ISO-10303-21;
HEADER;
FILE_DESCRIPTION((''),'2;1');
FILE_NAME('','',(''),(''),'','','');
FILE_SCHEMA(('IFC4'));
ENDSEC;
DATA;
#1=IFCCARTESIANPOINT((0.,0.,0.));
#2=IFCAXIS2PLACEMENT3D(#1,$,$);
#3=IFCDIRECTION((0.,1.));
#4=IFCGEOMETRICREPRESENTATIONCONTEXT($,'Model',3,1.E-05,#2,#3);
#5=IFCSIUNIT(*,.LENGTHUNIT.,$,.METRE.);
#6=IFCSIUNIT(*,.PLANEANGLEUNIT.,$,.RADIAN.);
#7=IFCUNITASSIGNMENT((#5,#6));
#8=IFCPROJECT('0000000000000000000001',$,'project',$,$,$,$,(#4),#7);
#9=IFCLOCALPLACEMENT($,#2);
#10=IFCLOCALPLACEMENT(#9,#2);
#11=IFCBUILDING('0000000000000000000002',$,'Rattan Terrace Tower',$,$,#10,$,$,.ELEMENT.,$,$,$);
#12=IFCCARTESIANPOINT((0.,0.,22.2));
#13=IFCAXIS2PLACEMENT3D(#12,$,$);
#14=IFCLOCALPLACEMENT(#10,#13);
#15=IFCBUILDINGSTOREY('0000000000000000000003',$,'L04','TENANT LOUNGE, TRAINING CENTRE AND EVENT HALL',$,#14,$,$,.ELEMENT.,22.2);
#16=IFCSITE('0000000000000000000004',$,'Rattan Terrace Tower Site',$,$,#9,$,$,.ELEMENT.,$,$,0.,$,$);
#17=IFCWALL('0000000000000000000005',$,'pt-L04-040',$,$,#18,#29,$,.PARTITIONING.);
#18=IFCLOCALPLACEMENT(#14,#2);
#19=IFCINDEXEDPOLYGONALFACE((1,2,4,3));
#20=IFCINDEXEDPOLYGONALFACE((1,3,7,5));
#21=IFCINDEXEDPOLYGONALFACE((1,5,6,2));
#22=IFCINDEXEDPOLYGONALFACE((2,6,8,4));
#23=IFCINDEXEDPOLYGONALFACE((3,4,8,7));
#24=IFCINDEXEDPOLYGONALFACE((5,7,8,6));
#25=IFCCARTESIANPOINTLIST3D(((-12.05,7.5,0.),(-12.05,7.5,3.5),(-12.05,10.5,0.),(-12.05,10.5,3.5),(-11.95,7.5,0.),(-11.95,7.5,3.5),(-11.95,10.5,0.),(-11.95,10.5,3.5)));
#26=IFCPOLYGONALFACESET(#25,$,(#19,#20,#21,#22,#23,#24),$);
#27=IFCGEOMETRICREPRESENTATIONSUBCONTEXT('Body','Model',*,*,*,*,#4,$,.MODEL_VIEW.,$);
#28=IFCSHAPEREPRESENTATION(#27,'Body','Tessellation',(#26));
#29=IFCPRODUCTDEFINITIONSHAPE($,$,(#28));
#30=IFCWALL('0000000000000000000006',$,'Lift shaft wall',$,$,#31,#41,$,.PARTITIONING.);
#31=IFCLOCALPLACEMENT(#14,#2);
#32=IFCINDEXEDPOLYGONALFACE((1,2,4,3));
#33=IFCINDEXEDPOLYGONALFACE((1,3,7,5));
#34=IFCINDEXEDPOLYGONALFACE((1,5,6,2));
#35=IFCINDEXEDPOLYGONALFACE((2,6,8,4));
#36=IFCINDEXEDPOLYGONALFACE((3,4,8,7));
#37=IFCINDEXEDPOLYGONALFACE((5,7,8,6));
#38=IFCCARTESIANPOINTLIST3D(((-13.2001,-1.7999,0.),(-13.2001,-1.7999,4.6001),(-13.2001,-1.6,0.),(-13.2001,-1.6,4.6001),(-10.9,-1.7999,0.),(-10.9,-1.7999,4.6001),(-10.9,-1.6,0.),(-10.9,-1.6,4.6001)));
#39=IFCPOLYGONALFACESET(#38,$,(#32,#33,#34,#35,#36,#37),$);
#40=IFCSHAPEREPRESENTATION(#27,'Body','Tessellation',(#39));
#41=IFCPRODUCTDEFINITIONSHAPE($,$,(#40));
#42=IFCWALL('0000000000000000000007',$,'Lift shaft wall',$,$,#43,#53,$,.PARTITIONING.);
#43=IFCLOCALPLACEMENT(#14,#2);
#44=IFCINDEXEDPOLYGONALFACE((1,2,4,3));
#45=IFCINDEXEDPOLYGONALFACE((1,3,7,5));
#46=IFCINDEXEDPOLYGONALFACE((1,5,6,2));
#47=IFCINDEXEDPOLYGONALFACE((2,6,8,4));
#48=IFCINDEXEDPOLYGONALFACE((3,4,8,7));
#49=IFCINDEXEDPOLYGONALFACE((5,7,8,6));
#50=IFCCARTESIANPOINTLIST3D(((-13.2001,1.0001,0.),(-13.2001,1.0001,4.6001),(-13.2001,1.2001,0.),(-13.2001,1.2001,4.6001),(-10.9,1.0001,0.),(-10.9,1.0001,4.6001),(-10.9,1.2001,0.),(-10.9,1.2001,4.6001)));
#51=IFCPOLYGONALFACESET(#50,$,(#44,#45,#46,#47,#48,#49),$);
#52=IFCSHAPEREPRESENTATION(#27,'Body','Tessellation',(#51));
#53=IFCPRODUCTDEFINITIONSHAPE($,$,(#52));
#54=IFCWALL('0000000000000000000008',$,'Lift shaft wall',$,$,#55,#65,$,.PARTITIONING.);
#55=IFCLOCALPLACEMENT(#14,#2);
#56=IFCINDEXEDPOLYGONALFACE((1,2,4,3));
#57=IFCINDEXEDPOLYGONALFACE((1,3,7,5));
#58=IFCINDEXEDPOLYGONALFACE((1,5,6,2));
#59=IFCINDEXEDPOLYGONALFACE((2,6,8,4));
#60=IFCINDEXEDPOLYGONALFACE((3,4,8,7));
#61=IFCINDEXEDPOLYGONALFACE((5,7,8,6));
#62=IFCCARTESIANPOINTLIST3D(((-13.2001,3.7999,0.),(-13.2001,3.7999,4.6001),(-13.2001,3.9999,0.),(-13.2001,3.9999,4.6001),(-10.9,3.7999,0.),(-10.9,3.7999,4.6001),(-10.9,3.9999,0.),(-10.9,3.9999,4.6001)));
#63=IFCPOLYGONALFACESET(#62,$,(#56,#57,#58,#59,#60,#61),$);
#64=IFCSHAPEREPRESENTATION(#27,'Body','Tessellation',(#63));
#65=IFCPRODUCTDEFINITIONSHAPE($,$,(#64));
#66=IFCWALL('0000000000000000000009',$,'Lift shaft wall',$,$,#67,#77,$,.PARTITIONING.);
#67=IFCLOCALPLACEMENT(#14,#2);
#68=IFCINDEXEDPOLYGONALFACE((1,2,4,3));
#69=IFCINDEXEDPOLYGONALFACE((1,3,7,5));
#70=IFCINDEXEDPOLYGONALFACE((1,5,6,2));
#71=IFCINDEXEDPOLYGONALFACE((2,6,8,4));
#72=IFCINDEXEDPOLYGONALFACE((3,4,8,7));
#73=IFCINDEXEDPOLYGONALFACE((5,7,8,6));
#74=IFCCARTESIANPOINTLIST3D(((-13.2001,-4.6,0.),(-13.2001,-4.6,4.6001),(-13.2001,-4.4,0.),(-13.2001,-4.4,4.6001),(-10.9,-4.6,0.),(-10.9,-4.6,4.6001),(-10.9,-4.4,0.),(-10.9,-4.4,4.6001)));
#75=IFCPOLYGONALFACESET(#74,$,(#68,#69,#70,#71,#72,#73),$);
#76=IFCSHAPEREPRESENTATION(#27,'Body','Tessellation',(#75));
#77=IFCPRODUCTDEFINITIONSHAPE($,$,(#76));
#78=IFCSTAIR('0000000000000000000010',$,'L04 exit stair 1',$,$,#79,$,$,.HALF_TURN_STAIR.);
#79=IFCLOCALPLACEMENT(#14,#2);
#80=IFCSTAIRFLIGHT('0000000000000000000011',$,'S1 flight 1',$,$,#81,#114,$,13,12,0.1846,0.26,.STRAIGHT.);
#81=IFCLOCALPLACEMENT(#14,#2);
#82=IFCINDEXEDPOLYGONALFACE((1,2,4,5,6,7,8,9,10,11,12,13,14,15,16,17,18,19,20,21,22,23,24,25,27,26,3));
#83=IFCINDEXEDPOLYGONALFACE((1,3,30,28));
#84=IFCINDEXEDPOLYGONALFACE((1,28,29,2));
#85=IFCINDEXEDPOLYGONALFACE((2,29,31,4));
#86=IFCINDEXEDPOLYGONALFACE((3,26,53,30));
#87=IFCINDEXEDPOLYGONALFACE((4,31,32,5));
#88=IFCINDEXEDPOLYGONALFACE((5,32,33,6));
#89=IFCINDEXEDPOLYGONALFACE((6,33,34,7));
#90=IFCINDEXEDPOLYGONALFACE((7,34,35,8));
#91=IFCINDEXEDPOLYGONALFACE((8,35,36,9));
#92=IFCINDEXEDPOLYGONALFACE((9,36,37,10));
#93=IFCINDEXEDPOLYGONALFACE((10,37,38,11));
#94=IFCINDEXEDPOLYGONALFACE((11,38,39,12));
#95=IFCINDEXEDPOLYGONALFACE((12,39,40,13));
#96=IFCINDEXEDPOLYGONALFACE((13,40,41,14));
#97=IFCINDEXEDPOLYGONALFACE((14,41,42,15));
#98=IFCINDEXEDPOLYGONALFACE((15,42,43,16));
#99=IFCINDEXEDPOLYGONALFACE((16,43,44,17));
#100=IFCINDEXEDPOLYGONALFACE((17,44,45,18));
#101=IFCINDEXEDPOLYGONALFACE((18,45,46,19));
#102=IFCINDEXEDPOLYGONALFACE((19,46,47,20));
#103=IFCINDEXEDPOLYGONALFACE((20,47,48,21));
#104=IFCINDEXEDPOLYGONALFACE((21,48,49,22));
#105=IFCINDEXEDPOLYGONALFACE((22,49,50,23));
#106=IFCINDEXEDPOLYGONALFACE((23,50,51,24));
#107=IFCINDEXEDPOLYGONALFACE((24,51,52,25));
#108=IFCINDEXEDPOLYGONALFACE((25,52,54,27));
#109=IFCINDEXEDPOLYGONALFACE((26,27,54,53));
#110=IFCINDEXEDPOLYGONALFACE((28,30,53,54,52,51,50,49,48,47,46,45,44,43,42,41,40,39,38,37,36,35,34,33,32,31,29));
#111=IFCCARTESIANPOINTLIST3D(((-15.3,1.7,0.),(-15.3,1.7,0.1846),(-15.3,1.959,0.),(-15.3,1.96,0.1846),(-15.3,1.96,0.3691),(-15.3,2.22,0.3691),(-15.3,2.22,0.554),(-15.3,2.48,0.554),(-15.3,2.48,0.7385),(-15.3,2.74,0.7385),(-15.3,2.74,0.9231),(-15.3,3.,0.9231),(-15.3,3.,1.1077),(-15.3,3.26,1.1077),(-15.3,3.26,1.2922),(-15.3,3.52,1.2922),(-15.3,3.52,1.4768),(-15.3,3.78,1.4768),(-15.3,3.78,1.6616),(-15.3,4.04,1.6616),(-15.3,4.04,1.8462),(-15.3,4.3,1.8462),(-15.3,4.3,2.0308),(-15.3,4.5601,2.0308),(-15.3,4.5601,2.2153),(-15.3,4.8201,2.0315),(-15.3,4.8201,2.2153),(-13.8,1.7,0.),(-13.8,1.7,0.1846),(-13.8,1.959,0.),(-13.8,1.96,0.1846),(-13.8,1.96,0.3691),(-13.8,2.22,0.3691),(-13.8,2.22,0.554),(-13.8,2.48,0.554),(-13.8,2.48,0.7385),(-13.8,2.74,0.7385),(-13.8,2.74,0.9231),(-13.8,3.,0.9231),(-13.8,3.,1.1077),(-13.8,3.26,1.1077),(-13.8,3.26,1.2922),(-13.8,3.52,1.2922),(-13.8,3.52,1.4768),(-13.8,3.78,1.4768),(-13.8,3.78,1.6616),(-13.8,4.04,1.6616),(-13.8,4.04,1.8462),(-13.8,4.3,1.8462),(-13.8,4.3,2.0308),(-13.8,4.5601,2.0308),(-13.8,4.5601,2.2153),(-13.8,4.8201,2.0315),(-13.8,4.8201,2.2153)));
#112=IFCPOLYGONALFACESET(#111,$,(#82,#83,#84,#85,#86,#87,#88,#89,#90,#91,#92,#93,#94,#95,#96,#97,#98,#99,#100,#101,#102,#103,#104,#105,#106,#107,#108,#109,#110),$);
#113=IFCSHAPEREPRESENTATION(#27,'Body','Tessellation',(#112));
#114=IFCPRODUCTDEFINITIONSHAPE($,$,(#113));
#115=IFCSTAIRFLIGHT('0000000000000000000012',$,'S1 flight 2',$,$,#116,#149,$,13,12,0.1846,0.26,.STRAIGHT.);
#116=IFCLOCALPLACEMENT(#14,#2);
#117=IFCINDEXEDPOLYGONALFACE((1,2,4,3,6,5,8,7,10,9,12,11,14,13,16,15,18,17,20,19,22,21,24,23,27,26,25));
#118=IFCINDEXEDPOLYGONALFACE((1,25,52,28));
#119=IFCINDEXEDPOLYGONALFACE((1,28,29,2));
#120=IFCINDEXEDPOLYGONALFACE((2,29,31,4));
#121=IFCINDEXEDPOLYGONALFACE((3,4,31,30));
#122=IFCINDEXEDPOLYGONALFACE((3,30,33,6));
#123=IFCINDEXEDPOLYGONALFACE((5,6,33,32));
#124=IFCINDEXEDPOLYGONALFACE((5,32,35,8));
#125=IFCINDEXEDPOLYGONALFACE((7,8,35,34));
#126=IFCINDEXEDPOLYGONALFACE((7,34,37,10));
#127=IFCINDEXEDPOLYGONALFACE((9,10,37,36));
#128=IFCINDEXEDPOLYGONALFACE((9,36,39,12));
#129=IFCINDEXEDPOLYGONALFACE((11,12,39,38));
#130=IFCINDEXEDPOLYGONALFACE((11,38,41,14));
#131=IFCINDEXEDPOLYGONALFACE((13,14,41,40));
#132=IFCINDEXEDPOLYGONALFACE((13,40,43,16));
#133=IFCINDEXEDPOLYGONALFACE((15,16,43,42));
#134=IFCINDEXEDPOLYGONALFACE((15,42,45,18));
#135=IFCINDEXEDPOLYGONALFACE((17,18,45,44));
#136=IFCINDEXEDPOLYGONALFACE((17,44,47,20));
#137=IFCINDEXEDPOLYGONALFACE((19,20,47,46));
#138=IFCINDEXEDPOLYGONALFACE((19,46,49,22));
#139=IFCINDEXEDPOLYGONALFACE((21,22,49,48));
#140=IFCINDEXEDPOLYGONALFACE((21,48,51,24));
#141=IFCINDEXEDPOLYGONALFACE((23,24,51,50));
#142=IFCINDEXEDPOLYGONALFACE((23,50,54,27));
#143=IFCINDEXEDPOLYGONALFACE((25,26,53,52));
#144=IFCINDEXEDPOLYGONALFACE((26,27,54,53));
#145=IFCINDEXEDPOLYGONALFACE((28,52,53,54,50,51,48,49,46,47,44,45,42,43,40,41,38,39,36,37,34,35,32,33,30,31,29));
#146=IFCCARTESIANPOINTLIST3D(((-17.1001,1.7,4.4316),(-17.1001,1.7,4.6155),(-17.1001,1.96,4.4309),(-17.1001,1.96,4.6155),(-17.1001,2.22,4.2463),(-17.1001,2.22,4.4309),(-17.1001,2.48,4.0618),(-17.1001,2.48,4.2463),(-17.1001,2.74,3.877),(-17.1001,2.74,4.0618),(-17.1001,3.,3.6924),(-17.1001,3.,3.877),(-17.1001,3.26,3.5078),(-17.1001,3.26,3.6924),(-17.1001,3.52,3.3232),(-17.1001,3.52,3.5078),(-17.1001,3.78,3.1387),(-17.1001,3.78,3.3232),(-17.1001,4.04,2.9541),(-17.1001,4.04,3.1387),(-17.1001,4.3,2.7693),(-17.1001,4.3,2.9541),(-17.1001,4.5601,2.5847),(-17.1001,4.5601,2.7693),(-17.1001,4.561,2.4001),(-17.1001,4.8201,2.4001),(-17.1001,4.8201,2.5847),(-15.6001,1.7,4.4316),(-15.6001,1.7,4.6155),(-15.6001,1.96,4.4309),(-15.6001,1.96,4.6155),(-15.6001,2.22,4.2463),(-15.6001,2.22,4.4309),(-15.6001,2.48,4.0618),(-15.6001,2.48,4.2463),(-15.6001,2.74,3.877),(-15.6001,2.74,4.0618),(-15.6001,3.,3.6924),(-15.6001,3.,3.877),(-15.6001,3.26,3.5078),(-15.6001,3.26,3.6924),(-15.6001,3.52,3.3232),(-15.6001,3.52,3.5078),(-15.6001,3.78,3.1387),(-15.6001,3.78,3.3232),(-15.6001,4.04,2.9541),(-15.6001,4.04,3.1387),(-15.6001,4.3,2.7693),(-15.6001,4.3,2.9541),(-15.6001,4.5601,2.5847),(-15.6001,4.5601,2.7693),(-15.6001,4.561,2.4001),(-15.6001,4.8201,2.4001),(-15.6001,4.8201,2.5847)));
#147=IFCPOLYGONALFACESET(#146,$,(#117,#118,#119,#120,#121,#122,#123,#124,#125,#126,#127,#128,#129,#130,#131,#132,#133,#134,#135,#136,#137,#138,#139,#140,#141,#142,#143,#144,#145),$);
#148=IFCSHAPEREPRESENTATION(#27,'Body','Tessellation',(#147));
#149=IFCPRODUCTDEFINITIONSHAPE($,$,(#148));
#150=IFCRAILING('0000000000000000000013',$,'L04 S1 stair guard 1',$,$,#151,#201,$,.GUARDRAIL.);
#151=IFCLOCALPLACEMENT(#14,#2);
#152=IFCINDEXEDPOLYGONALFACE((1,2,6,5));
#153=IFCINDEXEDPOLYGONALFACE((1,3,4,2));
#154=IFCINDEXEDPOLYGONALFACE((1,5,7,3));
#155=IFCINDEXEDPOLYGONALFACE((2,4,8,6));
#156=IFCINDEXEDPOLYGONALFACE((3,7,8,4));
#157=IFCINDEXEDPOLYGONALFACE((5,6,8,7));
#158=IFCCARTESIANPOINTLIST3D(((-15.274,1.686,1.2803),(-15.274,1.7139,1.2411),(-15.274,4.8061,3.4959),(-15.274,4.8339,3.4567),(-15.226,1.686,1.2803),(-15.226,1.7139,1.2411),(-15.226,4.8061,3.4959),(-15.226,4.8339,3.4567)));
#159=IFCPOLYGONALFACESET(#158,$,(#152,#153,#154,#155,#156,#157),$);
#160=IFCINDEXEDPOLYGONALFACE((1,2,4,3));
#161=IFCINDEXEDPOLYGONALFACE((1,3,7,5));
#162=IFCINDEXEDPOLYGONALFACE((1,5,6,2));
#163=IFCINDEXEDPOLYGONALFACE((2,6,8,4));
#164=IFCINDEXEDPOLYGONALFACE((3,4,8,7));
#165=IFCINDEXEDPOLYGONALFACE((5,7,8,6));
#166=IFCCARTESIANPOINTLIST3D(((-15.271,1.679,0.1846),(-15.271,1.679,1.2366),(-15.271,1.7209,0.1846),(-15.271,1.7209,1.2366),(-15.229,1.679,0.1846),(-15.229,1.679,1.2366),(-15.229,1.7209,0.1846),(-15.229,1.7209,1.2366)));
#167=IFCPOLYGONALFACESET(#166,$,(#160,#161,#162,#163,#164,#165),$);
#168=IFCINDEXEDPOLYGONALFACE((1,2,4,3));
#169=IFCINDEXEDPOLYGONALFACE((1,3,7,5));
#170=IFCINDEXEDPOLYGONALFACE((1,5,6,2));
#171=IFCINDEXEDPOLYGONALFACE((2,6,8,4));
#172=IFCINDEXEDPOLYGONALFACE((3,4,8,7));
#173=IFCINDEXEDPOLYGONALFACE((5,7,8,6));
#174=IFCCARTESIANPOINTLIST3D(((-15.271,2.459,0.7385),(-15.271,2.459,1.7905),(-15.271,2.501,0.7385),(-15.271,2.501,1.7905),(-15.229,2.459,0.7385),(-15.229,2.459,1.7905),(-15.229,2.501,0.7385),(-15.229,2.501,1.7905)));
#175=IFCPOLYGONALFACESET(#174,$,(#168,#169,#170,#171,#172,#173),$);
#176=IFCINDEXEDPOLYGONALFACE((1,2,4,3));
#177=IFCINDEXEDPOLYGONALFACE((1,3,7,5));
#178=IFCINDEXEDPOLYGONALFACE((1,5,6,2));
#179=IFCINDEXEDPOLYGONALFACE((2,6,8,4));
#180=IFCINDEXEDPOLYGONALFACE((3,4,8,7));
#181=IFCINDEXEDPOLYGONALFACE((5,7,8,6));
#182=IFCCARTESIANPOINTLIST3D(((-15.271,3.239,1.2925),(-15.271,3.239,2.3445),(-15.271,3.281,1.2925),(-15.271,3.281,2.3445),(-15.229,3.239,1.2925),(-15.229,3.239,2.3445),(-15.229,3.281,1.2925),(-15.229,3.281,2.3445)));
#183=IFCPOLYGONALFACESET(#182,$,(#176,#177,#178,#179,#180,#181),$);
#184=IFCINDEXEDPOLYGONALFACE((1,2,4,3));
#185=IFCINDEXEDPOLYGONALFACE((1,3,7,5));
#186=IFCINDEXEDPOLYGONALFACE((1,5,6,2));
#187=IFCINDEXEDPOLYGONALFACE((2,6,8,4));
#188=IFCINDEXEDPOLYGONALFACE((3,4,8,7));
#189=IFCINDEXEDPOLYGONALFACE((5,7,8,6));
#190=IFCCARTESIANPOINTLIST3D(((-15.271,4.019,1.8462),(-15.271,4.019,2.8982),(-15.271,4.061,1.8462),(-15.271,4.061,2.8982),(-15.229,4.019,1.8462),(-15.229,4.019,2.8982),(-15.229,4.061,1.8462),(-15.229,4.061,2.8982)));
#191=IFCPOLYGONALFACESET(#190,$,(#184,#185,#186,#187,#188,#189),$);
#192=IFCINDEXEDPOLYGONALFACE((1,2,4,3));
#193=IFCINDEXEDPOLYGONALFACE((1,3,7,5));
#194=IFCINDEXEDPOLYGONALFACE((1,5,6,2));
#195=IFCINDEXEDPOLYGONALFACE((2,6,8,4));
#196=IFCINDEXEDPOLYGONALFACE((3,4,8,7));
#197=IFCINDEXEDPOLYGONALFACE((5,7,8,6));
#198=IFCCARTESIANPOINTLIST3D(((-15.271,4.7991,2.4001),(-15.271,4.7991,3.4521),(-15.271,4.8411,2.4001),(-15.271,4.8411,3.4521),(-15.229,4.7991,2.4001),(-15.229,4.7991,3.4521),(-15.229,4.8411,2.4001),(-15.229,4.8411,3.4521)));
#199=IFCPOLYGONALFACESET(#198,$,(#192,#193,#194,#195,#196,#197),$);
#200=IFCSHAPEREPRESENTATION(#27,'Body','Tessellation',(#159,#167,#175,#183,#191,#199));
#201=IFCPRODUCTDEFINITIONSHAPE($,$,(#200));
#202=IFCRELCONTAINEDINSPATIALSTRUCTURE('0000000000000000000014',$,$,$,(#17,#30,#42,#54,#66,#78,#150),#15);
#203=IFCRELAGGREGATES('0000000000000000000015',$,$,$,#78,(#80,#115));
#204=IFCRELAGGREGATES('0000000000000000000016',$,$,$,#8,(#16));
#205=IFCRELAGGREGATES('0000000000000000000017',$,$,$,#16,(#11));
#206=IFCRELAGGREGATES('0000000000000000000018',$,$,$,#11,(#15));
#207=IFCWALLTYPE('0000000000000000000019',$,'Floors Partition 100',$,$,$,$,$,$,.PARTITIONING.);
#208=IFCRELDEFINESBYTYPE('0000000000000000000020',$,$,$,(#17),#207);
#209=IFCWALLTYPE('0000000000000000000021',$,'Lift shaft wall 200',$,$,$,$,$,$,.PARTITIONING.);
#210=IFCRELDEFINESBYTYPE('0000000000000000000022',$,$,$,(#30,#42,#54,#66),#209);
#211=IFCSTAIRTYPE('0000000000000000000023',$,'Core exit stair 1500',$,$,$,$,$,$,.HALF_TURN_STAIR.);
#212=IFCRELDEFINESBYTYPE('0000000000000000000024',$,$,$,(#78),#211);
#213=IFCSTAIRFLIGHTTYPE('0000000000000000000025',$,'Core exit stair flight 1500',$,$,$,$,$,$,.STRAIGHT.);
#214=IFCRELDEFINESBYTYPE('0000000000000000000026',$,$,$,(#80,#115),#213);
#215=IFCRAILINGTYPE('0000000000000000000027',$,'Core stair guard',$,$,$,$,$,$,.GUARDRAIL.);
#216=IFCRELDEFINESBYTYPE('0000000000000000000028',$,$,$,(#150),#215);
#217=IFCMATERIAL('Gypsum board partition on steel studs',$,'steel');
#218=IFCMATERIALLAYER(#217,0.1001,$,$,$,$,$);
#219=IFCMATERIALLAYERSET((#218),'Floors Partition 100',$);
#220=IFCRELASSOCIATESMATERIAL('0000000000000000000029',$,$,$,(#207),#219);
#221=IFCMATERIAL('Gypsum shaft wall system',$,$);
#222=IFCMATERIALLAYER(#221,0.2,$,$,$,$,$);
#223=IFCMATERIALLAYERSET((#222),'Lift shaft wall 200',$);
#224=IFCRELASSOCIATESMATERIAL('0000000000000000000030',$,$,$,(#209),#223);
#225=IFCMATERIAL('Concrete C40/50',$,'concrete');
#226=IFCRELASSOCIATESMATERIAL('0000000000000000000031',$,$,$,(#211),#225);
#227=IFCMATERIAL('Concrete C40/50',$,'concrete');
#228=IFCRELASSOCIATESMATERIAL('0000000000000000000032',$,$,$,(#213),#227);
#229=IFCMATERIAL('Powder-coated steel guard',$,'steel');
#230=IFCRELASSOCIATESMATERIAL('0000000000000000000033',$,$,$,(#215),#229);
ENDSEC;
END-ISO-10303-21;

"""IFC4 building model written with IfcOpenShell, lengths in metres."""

from ifc_helpers import new_model, si_unit, direction, frame, frame_2d, origin, origin_2d, place, context, subcontext, project, spatial, polyline, rectangle, outline, extrude, material, layer, layer_set, type_object, element, aggregate, save


model = new_model("IFC4")

# Units and contexts
model_context = context("Model", 3, precision=1e-05, world=origin(), true_north=direction((0.0, 1.0)))
body_context = subcontext(model_context, "Body", "Model", "MODEL_VIEW")
ifc_project = project(units=[si_unit("LENGTHUNIT", "METRE"), si_unit("PLANEANGLEUNIT", "RADIAN")], contexts=[model_context])

# Site, building, storey
site_placement = place(None, origin())
site = spatial("IfcSite", under=ifc_project, at=site_placement, Name="Rattan Terrace Tower Site", CompositionType="ELEMENT", RefElevation=0.0)
building_placement = place(site_placement, origin())
building = spatial("IfcBuilding", under=site, at=building_placement, Name="Rattan Terrace Tower", CompositionType="ELEMENT")
storey_placement = place(building_placement, frame((0.0, 0.0, 22.2)))
storey = spatial("IfcBuildingStorey", under=building, at=storey_placement, Name="L04", Description="TENANT LOUNGE, TRAINING CENTRE AND EVENT HALL", CompositionType="ELEMENT", Elevation=22.2)

# Shared definitions
ifc_material_1 = material(Name="Gypsum board partition on steel studs", Category="steel")
ifc_layer_1 = layer(ifc_material_1, 0.1001)
ifc_layer_set_1 = layer_set([ifc_layer_1], Name="Floors Partition 100")
wall_type_1 = type_object("IfcWallType", Name="Floors Partition 100", PredefinedType="PARTITIONING", material=ifc_layer_set_1)

# Walls
wall_1_placement = place(storey_placement, frame((-12.0, 7.5, 0.0), z_axis=(0.0, 0.0, 1.0), x_axis=(0.0, 1.0, 0.0)))
element("IfcWall", 1, at=wall_1_placement, inside=storey, type_object=wall_type_1, Name="pt-L04-040", PredefinedType="PARTITIONING", context=body_context, shape_type="SweptSolid", body=[
    extrude(rectangle(XDim=3.0, YDim=0.1001, at=frame_2d((1.5, 0.0))), origin(), (0.0, 0.0, 1.0), 3.5),
])
ifc_material_2 = material(Name="Gypsum shaft wall system")
ifc_layer_2 = layer(ifc_material_2, 0.2)
ifc_layer_set_2 = layer_set([ifc_layer_2], Name="Lift shaft wall 200")
wall_type_2 = type_object("IfcWallType", Name="Lift shaft wall 200", PredefinedType="PARTITIONING", material=ifc_layer_set_2)
for number, where, z_axis, x_axis, name in (
    (2, (-13.2, -1.7, 0.0), (0.0, 0.0, 1.0), (1.0, 0.0, 0.0), "Lift shaft wall"),
    (3, (-13.2, 1.1001, 0.0), (0.0, 0.0, 1.0), (1.0, 0.0, 0.0), "Lift shaft wall"),
    (4, (-13.2, 3.8999, 0.0), (0.0, 0.0, 1.0), (1.0, 0.0, 0.0), "Lift shaft wall"),
    (5, (-13.2, -4.5, 0.0), (0.0, 0.0, 1.0), (1.0, 0.0, 0.0), "Lift shaft wall"),
):
    element("IfcWall", number, at=place(storey_placement, frame(where, z_axis=z_axis, x_axis=x_axis)), inside=storey, type_object=wall_type_2, Name=name, PredefinedType="PARTITIONING", context=body_context, shape_type="SweptSolid", body=[
        extrude(rectangle(XDim=2.3, YDim=0.2, at=frame_2d((1.1499, 0.0))), origin(), (0.0, 0.0, 1.0), 4.6001),
    ])

# Stair, stair flights
ifc_material_3 = material(Name="Concrete C40/50", Category="concrete")
stair_type = type_object("IfcStairType", Name="Core exit stair 1500", PredefinedType="HALF_TURN_STAIR", material=ifc_material_3)
stair_placement = place(storey_placement, origin())
stair = element("IfcStair", 6, at=stair_placement, inside=storey, type_object=stair_type, Name="L04 exit stair 1", PredefinedType="HALF_TURN_STAIR")
ifc_material_4 = material(Name="Concrete C40/50", Category="concrete")
stair_flight_type = type_object("IfcStairFlightType", Name="Core exit stair flight 1500", PredefinedType="STRAIGHT", material=ifc_material_4)
stair_flight_1_placement = place(storey_placement, frame((-14.55, 1.7, 0.0), z_axis=(0.0, 0.0, 1.0), x_axis=(0.0, 1.0, 0.0)))
stair_flight_1 = element("IfcStairFlight", 7, at=stair_flight_1_placement, type_object=stair_flight_type, Name="S1 flight 1", NumberOfRisers=13, NumberOfTreads=12, PredefinedType="STRAIGHT", RiserHeight=0.1846, TreadLength=0.26, context=body_context, shape_type="SweptSolid", body=[
    extrude(outline(polyline([(0.0, 0.0), (0.0, 0.1846), (0.26, 0.1846), (0.26, 0.3691), (0.52, 0.3691), (0.52, 0.554), (0.78, 0.554), (0.78, 0.7385), (1.04, 0.7385), (1.04, 0.9231), (1.3, 0.9231), (1.3, 1.1077), (1.5601, 1.1077), (1.5601, 1.2922), (1.8201, 1.2922), (1.8201, 1.4768), (2.0801, 1.4768), (2.0801, 1.6616), (2.3401, 1.6616), (2.3401, 1.8462), (2.6001, 1.8462), (2.6001, 2.0308), (2.8601, 2.0308), (2.8601, 2.2153), (3.1201, 2.2153), (3.1201, 2.3999), (3.1201, 2.0315), (0.259, 0.0), (0.0, 0.0)])), frame((0.0, 0.75, 0.0), z_axis=(0.0, -1.0, 0.0), x_axis=(1.0, 0.0, 0.0)), (0.0, 0.0, 1.0), 1.5),
])
stair_flight_2_placement = place(storey_placement, frame((-16.3501, 4.8201, 2.4001), z_axis=(0.0, 0.0, 1.0), x_axis=(0.0, -1.0, 0.0)))
stair_flight_2 = element("IfcStairFlight", 8, at=stair_flight_2_placement, type_object=stair_flight_type, Name="S1 flight 2", NumberOfRisers=13, NumberOfTreads=12, PredefinedType="STRAIGHT", RiserHeight=0.1846, TreadLength=0.26, context=body_context, shape_type="SweptSolid", body=[
    extrude(outline(polyline([(0.0, 0.0), (0.0, 0.1846), (0.26, 0.1846), (0.26, 0.3691), (0.52, 0.3691), (0.52, 0.554), (0.78, 0.554), (0.78, 0.7385), (1.04, 0.7385), (1.04, 0.9231), (1.3, 0.9231), (1.3, 1.1077), (1.5601, 1.1077), (1.5601, 1.2922), (1.8201, 1.2922), (1.8201, 1.4768), (2.0801, 1.4768), (2.0801, 1.6616), (2.3401, 1.6616), (2.3401, 1.8462), (2.6001, 1.8462), (2.6001, 2.0308), (2.8601, 2.0308), (2.8601, 2.2153), (3.1201, 2.2153), (3.1201, 2.3999), (3.1201, 2.0315), (0.259, 0.0), (0.0, 0.0)])), frame((0.0, 0.75, 0.0), z_axis=(0.0, -1.0, 0.0), x_axis=(1.0, 0.0, 0.0)), (0.0, 0.0, 1.0), 1.5),
])
aggregate(stair, [stair_flight_1, stair_flight_2])

# Railing
ifc_material_5 = material(Name="Powder-coated steel guard", Category="steel")
railing_type_1 = type_object("IfcRailingType", Name="Core stair guard", PredefinedType="GUARDRAIL", material=ifc_material_5)
railing_1_placement = place(storey_placement, frame((-15.25, 1.7, 0.1846)))
element("IfcRailing", 9, at=railing_1_placement, inside=storey, type_object=railing_type_1, Name="L04 S1 stair guard 1", PredefinedType="GUARDRAIL", context=body_context, shape_type="SweptSolid", body=[
    extrude(rectangle(XDim=0.0481, YDim=0.0481, at=origin_2d()), frame((0.0, 0.0, 1.0762), z_axis=(0.0, 0.815347, 0.578973), x_axis=(-1.0, 0.0, 0.0)), (0.0, 0.0, 1.0), 3.8267),
    extrude(rectangle(XDim=0.042, YDim=0.042, at=origin_2d()), origin(), (0.0, 0.0, 1.0), 1.052),
    extrude(rectangle(XDim=0.042, YDim=0.042, at=origin_2d()), frame((0.0, 0.78, 0.554)), (0.0, 0.0, 1.0), 1.052),
    extrude(rectangle(XDim=0.042, YDim=0.042, at=origin_2d()), frame((0.0, 1.5601, 1.1079)), (0.0, 0.0, 1.0), 1.052),
    extrude(rectangle(XDim=0.042, YDim=0.042, at=origin_2d()), frame((0.0, 2.3401, 1.6616)), (0.0, 0.0, 1.0), 1.052),
    extrude(rectangle(XDim=0.042, YDim=0.042, at=origin_2d()), frame((0.0, 3.1201, 2.2156)), (0.0, 0.0, 1.0), 1.052),
])

save(model, "model.ifc")
